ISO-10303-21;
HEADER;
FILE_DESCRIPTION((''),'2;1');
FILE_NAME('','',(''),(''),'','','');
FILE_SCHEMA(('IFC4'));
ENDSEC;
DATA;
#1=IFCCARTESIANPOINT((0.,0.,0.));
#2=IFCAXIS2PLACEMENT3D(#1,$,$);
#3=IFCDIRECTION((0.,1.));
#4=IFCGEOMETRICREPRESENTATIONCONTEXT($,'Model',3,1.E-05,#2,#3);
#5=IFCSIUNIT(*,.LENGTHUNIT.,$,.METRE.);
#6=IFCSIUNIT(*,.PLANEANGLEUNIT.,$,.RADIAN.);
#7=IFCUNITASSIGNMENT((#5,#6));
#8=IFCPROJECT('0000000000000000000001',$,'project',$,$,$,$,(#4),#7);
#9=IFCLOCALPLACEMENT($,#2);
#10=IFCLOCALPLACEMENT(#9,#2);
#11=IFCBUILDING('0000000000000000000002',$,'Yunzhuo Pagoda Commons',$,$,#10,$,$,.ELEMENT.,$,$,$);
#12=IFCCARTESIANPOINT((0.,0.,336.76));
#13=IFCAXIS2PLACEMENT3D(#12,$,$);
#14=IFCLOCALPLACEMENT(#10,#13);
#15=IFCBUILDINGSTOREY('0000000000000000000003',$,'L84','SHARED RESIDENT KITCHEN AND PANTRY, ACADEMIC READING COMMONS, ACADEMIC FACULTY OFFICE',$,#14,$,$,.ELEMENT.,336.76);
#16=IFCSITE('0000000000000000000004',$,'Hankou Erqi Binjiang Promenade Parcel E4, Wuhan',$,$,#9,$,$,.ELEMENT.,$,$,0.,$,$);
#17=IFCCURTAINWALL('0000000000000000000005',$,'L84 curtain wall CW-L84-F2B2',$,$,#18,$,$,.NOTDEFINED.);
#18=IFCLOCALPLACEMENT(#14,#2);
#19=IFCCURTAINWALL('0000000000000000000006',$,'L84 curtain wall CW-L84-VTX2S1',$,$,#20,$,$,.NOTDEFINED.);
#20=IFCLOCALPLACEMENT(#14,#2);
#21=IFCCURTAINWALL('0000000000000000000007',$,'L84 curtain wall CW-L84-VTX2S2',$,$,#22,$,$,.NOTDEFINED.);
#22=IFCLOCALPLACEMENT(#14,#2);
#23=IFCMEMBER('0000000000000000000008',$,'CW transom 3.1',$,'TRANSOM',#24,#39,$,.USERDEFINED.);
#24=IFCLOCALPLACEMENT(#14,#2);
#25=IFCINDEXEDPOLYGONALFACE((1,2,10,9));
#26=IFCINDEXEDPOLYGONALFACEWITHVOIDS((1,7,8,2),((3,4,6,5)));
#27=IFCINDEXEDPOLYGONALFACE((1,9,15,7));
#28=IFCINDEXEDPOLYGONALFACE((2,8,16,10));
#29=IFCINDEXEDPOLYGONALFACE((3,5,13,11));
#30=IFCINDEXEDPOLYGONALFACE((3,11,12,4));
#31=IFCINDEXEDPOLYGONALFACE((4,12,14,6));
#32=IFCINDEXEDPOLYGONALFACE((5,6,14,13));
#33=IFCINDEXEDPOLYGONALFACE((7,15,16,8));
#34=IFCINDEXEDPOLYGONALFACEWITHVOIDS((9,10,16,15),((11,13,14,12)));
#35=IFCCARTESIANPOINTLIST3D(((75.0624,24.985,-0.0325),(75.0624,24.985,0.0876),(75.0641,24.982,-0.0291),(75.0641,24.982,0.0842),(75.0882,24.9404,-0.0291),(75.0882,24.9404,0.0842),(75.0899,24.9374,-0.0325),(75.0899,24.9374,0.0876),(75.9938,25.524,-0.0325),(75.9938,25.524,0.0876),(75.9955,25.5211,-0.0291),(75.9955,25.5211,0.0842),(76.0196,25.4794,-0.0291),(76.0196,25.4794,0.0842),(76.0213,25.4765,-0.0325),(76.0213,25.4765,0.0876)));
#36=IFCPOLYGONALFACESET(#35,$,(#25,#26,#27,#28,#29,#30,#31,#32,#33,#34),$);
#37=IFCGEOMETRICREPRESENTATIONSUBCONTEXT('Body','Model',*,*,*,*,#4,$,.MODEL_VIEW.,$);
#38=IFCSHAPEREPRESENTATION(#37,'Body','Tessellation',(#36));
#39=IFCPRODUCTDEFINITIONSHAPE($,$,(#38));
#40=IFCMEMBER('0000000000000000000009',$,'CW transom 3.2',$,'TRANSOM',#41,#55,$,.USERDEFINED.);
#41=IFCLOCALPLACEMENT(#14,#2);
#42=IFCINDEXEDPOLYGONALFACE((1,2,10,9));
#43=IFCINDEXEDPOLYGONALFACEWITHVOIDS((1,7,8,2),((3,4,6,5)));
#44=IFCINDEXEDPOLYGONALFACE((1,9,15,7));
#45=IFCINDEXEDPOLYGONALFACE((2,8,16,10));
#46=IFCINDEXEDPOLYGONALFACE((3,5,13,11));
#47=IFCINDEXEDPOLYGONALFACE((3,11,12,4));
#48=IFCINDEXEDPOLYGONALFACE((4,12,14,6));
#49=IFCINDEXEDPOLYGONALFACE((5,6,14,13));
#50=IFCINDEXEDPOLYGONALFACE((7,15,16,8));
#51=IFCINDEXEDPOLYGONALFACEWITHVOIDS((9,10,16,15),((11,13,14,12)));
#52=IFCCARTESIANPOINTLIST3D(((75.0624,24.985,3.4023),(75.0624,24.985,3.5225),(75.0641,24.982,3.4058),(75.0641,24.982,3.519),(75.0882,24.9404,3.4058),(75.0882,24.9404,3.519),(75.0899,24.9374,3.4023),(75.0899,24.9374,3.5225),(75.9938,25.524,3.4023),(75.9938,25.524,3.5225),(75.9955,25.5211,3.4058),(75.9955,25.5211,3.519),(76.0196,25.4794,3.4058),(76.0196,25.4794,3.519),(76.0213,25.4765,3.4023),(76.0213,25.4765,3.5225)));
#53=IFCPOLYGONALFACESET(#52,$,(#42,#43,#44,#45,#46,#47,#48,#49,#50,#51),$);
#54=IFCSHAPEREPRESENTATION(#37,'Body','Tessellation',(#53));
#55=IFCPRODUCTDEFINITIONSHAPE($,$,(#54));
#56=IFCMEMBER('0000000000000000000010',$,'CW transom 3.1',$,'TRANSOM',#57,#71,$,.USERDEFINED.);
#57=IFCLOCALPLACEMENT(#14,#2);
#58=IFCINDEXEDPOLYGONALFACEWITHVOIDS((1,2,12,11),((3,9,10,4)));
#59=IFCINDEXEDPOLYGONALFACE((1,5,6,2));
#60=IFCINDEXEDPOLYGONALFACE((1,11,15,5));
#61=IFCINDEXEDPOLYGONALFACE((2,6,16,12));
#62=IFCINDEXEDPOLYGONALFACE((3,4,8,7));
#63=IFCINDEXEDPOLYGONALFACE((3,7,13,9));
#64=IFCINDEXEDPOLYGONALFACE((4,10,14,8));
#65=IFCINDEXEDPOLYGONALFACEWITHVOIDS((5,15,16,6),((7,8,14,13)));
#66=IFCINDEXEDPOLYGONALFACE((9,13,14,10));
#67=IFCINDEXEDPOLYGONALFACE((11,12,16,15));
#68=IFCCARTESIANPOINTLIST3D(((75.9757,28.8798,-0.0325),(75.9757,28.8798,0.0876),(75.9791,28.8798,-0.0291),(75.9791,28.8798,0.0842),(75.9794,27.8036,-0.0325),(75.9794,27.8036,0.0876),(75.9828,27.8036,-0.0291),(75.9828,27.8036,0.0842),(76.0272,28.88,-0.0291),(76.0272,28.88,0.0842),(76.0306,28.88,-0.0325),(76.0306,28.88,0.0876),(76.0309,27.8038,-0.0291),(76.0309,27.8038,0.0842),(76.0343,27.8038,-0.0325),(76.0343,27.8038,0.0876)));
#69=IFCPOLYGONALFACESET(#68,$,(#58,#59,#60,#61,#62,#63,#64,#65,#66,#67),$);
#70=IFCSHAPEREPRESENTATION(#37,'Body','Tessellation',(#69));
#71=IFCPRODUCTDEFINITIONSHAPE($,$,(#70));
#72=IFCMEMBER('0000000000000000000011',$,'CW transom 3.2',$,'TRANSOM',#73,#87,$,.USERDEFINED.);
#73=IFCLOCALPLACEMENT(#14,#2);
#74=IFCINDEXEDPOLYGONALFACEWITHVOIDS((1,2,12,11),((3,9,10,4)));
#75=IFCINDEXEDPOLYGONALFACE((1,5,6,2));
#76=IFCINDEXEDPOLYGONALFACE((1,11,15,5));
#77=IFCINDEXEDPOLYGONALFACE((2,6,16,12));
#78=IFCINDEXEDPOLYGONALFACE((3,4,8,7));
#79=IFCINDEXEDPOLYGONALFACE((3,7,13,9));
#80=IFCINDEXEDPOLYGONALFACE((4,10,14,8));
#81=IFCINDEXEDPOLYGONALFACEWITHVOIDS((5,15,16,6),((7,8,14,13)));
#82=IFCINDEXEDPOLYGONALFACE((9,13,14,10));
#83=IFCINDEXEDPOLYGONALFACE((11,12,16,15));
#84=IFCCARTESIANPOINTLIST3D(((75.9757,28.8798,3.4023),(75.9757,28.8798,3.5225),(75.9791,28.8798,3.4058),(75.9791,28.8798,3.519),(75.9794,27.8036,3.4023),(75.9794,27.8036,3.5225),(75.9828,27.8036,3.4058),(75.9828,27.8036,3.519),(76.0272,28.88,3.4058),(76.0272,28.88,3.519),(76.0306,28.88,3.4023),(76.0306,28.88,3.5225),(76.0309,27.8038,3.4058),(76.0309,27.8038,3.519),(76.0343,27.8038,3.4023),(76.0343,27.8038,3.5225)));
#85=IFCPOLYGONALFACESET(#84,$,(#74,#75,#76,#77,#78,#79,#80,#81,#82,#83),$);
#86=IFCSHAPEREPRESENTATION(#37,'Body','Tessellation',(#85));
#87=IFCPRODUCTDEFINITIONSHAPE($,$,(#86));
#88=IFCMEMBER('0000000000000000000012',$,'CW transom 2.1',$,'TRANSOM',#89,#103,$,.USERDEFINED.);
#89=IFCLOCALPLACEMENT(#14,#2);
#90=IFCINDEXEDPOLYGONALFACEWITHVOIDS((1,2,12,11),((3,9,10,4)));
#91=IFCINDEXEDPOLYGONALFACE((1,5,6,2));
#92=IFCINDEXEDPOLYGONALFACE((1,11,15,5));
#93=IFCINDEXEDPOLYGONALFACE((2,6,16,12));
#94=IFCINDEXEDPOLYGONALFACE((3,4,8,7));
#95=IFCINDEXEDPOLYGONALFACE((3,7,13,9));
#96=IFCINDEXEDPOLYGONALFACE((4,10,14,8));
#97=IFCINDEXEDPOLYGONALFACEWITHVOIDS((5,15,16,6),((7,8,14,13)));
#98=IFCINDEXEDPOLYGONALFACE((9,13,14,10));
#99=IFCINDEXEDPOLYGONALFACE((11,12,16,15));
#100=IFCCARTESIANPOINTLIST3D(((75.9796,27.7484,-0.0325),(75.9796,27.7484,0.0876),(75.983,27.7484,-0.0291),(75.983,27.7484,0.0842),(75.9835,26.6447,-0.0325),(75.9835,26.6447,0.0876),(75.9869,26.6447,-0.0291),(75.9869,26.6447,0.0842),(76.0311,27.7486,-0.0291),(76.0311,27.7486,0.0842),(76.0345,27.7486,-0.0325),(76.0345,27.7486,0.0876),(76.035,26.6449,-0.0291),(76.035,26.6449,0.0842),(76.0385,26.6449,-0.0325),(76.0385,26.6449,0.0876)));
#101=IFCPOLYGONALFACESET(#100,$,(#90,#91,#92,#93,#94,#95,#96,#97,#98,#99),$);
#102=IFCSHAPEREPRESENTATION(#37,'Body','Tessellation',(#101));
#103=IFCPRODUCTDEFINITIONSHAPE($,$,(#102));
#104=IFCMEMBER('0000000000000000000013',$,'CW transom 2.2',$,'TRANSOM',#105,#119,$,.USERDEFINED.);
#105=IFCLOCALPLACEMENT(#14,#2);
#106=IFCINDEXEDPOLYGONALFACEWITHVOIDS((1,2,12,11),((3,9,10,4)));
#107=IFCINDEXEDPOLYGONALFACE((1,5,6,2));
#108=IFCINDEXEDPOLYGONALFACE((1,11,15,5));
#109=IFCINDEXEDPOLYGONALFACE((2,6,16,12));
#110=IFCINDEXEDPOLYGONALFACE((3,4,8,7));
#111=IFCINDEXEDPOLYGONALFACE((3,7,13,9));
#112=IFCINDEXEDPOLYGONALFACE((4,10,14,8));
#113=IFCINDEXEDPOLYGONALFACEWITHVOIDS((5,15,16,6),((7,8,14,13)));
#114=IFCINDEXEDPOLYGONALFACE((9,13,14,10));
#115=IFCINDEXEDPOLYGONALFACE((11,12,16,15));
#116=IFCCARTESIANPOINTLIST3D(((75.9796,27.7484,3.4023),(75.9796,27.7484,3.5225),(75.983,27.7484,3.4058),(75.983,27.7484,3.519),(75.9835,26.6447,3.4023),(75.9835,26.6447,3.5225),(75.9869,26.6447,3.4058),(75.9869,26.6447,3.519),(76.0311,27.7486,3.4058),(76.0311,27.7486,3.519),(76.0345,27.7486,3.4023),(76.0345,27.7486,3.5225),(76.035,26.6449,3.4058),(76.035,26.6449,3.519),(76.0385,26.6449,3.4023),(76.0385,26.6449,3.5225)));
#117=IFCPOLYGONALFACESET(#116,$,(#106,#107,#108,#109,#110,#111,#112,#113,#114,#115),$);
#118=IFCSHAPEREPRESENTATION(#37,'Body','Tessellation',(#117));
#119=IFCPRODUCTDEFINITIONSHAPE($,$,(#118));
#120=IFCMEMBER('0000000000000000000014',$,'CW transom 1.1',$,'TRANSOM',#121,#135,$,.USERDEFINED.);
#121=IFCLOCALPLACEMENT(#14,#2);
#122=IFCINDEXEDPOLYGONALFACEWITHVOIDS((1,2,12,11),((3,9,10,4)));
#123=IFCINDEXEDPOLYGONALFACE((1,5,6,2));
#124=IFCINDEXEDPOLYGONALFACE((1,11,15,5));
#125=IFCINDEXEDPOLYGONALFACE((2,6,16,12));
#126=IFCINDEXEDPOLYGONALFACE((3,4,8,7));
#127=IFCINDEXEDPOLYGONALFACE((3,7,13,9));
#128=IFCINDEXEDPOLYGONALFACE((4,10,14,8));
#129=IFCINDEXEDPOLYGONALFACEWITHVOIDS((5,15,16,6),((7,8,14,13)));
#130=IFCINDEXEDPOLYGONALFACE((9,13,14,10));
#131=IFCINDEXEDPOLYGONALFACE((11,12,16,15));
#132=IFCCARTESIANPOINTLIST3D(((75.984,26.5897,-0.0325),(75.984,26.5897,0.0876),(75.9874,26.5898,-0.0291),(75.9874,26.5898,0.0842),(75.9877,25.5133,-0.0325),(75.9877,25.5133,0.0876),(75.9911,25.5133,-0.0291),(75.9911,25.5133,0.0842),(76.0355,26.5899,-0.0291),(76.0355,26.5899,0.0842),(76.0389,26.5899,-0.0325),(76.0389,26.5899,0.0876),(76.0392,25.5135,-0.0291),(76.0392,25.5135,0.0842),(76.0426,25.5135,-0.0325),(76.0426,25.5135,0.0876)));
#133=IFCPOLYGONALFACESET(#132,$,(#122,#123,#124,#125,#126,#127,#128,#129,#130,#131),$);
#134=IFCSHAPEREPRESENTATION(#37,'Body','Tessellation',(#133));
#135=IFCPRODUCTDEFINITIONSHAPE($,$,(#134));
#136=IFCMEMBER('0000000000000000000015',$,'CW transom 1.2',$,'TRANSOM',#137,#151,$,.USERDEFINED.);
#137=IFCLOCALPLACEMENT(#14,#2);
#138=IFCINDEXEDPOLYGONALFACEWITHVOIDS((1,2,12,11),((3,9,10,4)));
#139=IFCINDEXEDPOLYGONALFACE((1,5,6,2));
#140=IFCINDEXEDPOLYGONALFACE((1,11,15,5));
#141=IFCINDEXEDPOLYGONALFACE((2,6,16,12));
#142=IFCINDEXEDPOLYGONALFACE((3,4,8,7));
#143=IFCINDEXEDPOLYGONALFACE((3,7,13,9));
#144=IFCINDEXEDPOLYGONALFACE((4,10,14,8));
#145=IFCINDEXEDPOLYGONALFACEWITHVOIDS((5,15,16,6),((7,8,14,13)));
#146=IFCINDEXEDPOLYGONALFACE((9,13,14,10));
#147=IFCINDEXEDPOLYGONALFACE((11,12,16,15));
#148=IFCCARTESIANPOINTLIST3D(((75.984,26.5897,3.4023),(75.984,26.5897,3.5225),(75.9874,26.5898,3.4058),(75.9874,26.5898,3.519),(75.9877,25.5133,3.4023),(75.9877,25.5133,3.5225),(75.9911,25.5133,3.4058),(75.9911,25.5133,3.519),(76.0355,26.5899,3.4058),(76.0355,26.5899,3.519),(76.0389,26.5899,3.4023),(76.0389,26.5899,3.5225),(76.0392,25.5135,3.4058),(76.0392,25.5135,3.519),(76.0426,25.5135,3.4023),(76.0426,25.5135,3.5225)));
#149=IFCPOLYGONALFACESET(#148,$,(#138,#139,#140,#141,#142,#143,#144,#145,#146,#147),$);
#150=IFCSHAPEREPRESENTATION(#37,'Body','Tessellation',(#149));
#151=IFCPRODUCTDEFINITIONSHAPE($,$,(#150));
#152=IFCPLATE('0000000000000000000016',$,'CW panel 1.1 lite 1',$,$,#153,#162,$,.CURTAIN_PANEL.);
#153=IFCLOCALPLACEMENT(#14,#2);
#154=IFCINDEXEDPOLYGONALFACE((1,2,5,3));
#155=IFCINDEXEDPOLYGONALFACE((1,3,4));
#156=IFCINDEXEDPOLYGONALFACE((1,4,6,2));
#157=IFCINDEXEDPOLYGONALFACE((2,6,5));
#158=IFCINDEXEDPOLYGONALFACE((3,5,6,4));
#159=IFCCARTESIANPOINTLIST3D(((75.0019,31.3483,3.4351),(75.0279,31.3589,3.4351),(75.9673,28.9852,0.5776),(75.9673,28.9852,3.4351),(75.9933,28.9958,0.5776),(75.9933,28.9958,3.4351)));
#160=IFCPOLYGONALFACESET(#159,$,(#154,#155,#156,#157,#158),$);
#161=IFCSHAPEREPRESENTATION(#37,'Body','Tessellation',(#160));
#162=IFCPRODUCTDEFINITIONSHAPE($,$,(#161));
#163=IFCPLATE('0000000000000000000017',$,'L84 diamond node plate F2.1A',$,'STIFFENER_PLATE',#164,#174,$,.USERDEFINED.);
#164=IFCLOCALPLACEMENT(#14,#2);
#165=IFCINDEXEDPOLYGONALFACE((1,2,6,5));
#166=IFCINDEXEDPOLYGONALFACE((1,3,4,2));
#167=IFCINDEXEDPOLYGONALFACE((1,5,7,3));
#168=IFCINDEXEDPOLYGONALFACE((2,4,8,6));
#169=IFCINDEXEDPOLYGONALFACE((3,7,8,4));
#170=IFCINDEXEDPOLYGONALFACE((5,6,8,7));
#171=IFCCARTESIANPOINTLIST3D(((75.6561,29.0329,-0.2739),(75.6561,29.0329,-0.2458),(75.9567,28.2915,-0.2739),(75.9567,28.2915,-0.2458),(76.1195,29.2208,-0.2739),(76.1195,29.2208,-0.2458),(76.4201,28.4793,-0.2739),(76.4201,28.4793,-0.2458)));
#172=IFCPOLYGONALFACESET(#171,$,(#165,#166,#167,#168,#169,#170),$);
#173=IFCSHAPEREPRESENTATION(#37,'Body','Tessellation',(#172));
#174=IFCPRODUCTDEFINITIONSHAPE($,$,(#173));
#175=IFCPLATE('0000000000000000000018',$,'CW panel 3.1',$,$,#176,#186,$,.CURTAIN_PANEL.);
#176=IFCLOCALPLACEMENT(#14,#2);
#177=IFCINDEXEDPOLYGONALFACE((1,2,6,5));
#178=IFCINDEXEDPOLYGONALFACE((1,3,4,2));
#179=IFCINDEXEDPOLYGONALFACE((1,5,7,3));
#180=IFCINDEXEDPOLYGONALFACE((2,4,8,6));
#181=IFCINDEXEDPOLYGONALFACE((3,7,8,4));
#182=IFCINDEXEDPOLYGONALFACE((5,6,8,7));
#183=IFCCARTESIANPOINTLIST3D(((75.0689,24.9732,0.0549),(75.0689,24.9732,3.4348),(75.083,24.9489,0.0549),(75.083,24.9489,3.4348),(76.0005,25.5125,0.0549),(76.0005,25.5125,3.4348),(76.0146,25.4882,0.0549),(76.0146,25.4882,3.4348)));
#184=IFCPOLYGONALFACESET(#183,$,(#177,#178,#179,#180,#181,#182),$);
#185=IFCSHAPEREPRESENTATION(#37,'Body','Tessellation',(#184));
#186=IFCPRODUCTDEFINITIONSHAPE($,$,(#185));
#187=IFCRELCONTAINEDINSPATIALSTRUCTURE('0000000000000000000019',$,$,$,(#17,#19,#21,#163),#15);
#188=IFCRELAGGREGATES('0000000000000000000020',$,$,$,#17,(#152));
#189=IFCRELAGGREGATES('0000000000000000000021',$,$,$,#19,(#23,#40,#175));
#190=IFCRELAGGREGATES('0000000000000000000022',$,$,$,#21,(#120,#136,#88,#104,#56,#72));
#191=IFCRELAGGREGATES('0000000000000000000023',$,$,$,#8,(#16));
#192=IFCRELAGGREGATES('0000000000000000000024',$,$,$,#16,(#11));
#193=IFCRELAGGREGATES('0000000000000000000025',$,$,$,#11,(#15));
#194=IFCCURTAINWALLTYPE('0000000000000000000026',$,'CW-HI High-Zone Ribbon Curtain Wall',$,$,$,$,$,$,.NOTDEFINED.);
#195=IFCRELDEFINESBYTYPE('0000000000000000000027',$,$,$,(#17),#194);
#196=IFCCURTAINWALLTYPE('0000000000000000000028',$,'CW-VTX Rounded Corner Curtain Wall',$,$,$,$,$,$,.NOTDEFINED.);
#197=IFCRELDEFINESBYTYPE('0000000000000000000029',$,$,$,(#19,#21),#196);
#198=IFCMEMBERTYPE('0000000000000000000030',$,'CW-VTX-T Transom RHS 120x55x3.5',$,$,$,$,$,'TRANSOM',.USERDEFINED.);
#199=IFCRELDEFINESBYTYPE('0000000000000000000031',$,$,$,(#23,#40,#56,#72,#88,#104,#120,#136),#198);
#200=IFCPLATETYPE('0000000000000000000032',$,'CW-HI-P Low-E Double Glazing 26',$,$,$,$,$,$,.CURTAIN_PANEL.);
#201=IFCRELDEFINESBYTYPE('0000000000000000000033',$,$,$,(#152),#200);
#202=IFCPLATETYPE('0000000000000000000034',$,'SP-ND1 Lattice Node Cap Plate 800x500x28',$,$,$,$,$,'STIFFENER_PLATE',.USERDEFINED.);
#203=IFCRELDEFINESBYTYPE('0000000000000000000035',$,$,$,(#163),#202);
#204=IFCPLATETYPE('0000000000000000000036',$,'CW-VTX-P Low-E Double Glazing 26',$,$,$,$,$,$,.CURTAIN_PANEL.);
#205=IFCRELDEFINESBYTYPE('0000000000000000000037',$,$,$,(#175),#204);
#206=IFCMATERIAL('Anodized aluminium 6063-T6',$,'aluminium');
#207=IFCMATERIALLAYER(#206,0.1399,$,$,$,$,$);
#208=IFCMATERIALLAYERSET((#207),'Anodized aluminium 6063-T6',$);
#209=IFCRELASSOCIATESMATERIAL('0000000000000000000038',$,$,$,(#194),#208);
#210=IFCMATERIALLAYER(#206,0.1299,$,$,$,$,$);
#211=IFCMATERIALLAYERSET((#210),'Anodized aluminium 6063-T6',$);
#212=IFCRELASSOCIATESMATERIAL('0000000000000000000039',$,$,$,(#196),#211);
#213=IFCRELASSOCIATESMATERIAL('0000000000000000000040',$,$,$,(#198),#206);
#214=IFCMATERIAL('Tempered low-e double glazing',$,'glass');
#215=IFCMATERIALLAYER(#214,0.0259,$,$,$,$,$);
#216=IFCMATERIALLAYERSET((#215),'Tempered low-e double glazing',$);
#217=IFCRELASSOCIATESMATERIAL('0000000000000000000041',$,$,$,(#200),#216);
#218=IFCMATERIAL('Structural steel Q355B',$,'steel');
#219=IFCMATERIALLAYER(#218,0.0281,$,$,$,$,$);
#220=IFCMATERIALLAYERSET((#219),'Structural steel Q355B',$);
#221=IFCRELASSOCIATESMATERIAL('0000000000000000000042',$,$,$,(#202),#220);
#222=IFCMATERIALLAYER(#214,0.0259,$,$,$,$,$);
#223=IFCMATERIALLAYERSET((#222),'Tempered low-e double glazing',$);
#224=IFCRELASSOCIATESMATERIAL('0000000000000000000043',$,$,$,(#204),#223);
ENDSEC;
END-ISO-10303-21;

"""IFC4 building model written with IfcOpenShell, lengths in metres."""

from ifc_helpers import new_model, si_unit, direction, frame, origin, origin_2d, place, context, subcontext, project, spatial, polyline, rectangle, hollow_rectangle, outline, extrude, source, transform, mapped, material, layer, layer_set, material_profile, profile_set, type_object, element, aggregate, save


model = new_model("IFC4")

# Units and contexts
model_context = context("Model", 3, precision=1e-05, world=origin(), true_north=direction((0.0, 1.0)))
body_context = subcontext(model_context, "Body", "Model", "MODEL_VIEW")
ifc_project = project(units=[si_unit("LENGTHUNIT", "METRE"), si_unit("PLANEANGLEUNIT", "RADIAN")], contexts=[model_context])

# Site, building, storey
site_placement = place(None, origin())
site = spatial("IfcSite", under=ifc_project, at=site_placement, Name="Hankou Erqi Binjiang Promenade Parcel E4, Wuhan", CompositionType="ELEMENT", RefElevation=0.0)
building_placement = place(site_placement, origin())
building = spatial("IfcBuilding", under=site, at=building_placement, Name="Yunzhuo Pagoda Commons", CompositionType="ELEMENT")
storey_placement = place(building_placement, frame((0.0, 0.0, 336.76)))
storey = spatial("IfcBuildingStorey", under=building, at=storey_placement, Name="L84", Description="SHARED RESIDENT KITCHEN AND PANTRY, ACADEMIC READING COMMONS, ACADEMIC FACULTY OFFICE", CompositionType="ELEMENT", Elevation=336.76)

# Shared definitions
ifc_material_1 = material(Name="Structural steel Q355B", Category="steel")

# Curtain wall
ifc_material_2 = material(Name="Anodized aluminium 6063-T6", Category="aluminium")
ifc_layer_1 = layer(ifc_material_2, 0.1399)
ifc_layer_set_1 = layer_set([ifc_layer_1], Name="Anodized aluminium 6063-T6")
curtain_wall_type_1 = type_object("IfcCurtainWallType", Name="CW-HI High-Zone Ribbon Curtain Wall", PredefinedType="NOTDEFINED", material=ifc_layer_set_1)
curtain_wall_1_placement = place(storey_placement, origin())
curtain_wall_1 = element("IfcCurtainWall", 1, at=curtain_wall_1_placement, inside=storey, type_object=curtain_wall_type_1, Name="L84 curtain wall CW-L84-F2B2", PredefinedType="NOTDEFINED")

# Curtain wall
ifc_layer_2 = layer(ifc_material_2, 0.1299)
ifc_layer_set_2 = layer_set([ifc_layer_2], Name="Anodized aluminium 6063-T6")
curtain_wall_type_2 = type_object("IfcCurtainWallType", Name="CW-VTX Rounded Corner Curtain Wall", PredefinedType="NOTDEFINED", material=ifc_layer_set_2)
curtain_wall_2_placement = place(storey_placement, origin())
curtain_wall_2 = element("IfcCurtainWall", 2, at=curtain_wall_2_placement, inside=storey, type_object=curtain_wall_type_2, Name="L84 curtain wall CW-L84-VTX2S1", PredefinedType="NOTDEFINED")

# Curtain wall
curtain_wall_3_placement = place(storey_placement, origin())
curtain_wall_3 = element("IfcCurtainWall", 3, at=curtain_wall_3_placement, inside=storey, type_object=curtain_wall_type_2, Name="L84 curtain wall CW-L84-VTX2S2", PredefinedType="NOTDEFINED")

# Members
ifc_material_profile_1 = material_profile(ifc_material_2, hollow_rectangle(XDim=0.0549, YDim=0.1201, WallThickness=0.0034, at=origin_2d()), Name="Anodized aluminium 6063-T6")
ifc_profile_set_1 = profile_set([ifc_material_profile_1], Name="Anodized aluminium 6063-T6")
member_type_1 = type_object("IfcMemberType", Name="CW-VTX-T Transom RHS 120x55x3.5", ElementType="TRANSOM", PredefinedType="USERDEFINED", material=ifc_profile_set_1)
shared_shape_1 = source(origin(), body_context, "Body", "SweptSolid", [
    extrude(hollow_rectangle(XDim=0.0549, YDim=0.1201, WallThickness=0.0034, at=origin_2d()), origin(), (0.0, 0.0, 1.0), 1.0762),
])
member_1_placement = place(storey_placement, frame((75.0762, 24.9612, 0.0276), z_axis=(0.865494, 0.50092, 0.0), x_axis=(-0.50092, 0.865494, 0.0)))
member_1 = element("IfcMember", 4, at=member_1_placement, type_object=member_type_1, Name="CW transom 3.1", ObjectType="TRANSOM", PredefinedType="USERDEFINED", context=body_context, shape_type="MappedRepresentation", body=[
    mapped(shared_shape_1, transform((0.0, 0.0, 0.0), scale=1.0)),
])
member_2_placement = place(storey_placement, frame((75.0762, 24.9612, 3.4624), z_axis=(0.865494, 0.50092, 0.0), x_axis=(-0.50092, 0.865494, 0.0)))
member_2 = element("IfcMember", 5, at=member_2_placement, type_object=member_type_1, Name="CW transom 3.2", ObjectType="TRANSOM", PredefinedType="USERDEFINED", context=body_context, shape_type="MappedRepresentation", body=[
    mapped(shared_shape_1, transform((0.0, 0.0, 0.0), scale=1.0)),
])
member_3_placement = place(storey_placement, frame((76.0068, 27.8037, 0.0276), z_axis=(-0.003403, 0.999994, 0.0), x_axis=(-0.999994, -0.003403, 0.0)))
member_3 = element("IfcMember", 6, at=member_3_placement, type_object=member_type_1, Name="CW transom 3.1", ObjectType="TRANSOM", PredefinedType="USERDEFINED", context=body_context, shape_type="MappedRepresentation", body=[
    mapped(shared_shape_1, transform((0.0, 0.0, 0.0), scale=1.0)),
])
member_4_placement = place(storey_placement, frame((76.0068, 27.8037, 3.4624), z_axis=(-0.003403, 0.999994, 0.0), x_axis=(-0.999994, -0.003403, 0.0)))
member_4 = element("IfcMember", 7, at=member_4_placement, type_object=member_type_1, Name="CW transom 3.2", ObjectType="TRANSOM", PredefinedType="USERDEFINED", context=body_context, shape_type="MappedRepresentation", body=[
    mapped(shared_shape_1, transform((0.0, 0.0, 0.0), scale=1.0)),
])
shared_shape_2 = source(origin(), body_context, "Body", "SweptSolid", [
    extrude(hollow_rectangle(XDim=0.0549, YDim=0.1201, WallThickness=0.0034, at=origin_2d()), origin(), (0.0, 0.0, 1.0), 1.1038),
])
member_5_placement = place(storey_placement, frame((76.011, 26.6448, 0.0276), z_axis=(-0.003539, 0.999994, 0.0), x_axis=(-0.999994, -0.003539, 0.0)))
member_5 = element("IfcMember", 8, at=member_5_placement, type_object=member_type_1, Name="CW transom 2.1", ObjectType="TRANSOM", PredefinedType="USERDEFINED", context=body_context, shape_type="MappedRepresentation", body=[
    mapped(shared_shape_2, transform((0.0, 0.0, 0.0), scale=1.0)),
])
member_6_placement = place(storey_placement, frame((76.011, 26.6448, 3.4624), z_axis=(-0.003539, 0.999994, 0.0), x_axis=(-0.999994, -0.003539, 0.0)))
member_6 = element("IfcMember", 9, at=member_6_placement, type_object=member_type_1, Name="CW transom 2.2", ObjectType="TRANSOM", PredefinedType="USERDEFINED", context=body_context, shape_type="MappedRepresentation", body=[
    mapped(shared_shape_2, transform((0.0, 0.0, 0.0), scale=1.0)),
])
shared_shape_3 = source(origin(), body_context, "Body", "SweptSolid", [
    extrude(hollow_rectangle(XDim=0.0549, YDim=0.1201, WallThickness=0.0034, at=origin_2d()), origin(), (0.0, 0.0, 1.0), 1.0764),
])
member_7_placement = place(storey_placement, frame((76.0151, 25.5134, 0.0276), z_axis=(-0.003402, 0.999994, 0.0), x_axis=(-0.999994, -0.003402, 0.0)))
member_7 = element("IfcMember", 10, at=member_7_placement, type_object=member_type_1, Name="CW transom 1.1", ObjectType="TRANSOM", PredefinedType="USERDEFINED", context=body_context, shape_type="MappedRepresentation", body=[
    mapped(shared_shape_3, transform((0.0, 0.0, 0.0), scale=1.0)),
])
member_8_placement = place(storey_placement, frame((76.0151, 25.5134, 3.4624), z_axis=(-0.003402, 0.999994, 0.0), x_axis=(-0.999994, -0.003402, 0.0)))
member_8 = element("IfcMember", 11, at=member_8_placement, type_object=member_type_1, Name="CW transom 1.2", ObjectType="TRANSOM", PredefinedType="USERDEFINED", context=body_context, shape_type="MappedRepresentation", body=[
    mapped(shared_shape_3, transform((0.0, 0.0, 0.0), scale=1.0)),
])

# Plates
ifc_material_3 = material(Name="Tempered low-e double glazing", Category="glass")
ifc_layer_3 = layer(ifc_material_3, 0.0259)
ifc_layer_set_3 = layer_set([ifc_layer_3], Name="Tempered low-e double glazing")
plate_type_1 = type_object("IfcPlateType", Name="CW-HI-P Low-E Double Glazing 26", PredefinedType="CURTAIN_PANEL", material=ifc_layer_set_3)
plate_1_placement = place(storey_placement, frame((75.4846, 30.1667, 2.0063), z_axis=(0.92573, 0.378185, 0.0), x_axis=(-0.378185, 0.92573, 0.0)))
plate_1 = element("IfcPlate", 12, at=plate_1_placement, type_object=plate_type_1, Name="CW panel 1.1 lite 1", PredefinedType="CURTAIN_PANEL", context=body_context, shape_type="SweptSolid", body=[
    extrude(outline(polyline([(-1.2764, -1.4287), (1.2764, 1.4287), (-1.2764, 1.4287), (-1.2764, -1.4287)])), origin(), (0.0, 0.0, 1.0), 0.0281),
])
aggregate(curtain_wall_1, [plate_1])
ifc_layer_4 = layer(ifc_material_1, 0.0281)
ifc_layer_set_4 = layer_set([ifc_layer_4], Name="Structural steel Q355B")
plate_type_2 = type_object("IfcPlateType", Name="SP-ND1 Lattice Node Cap Plate 800x500x28", ElementType="STIFFENER_PLATE", PredefinedType="USERDEFINED", material=ifc_layer_set_4)
shared_shape_4 = source(origin(), body_context, "Body", "SweptSolid", [
    extrude(rectangle(XDim=0.8, YDim=0.5, at=origin_2d()), origin(), (0.0, 0.0, 1.0), 0.0281),
])
plate_2_placement = place(storey_placement, frame((76.0381, 28.7561, -0.2739), z_axis=(0.0, 0.0, 1.0), x_axis=(-0.375755, 0.926719, 0.0)))
element("IfcPlate", 13, at=plate_2_placement, inside=storey, type_object=plate_type_2, Name="L84 diamond node plate F2.1A", ObjectType="STIFFENER_PLATE", PredefinedType="USERDEFINED", context=body_context, shape_type="MappedRepresentation", body=[
    mapped(shared_shape_4, transform((0.0, 0.0, 0.0), scale=1.0)),
])
ifc_layer_5 = layer(ifc_material_3, 0.0259)
ifc_layer_set_5 = layer_set([ifc_layer_5], Name="Tempered low-e double glazing")
plate_type_3 = type_object("IfcPlateType", Name="CW-VTX-P Low-E Double Glazing 26", PredefinedType="CURTAIN_PANEL", material=ifc_layer_set_5)
shared_shape_5 = source(origin(), body_context, "Body", "SweptSolid", [
    extrude(rectangle(XDim=1.0764, YDim=0.0281, at=origin_2d()), origin(), (0.0, 0.0, 1.0), 3.3799),
])
plate_3_placement = place(storey_placement, frame((75.5417, 25.2307, 0.0549), z_axis=(0.0, 0.0, 1.0), x_axis=(0.865431, 0.501028, 0.0)))
plate_3 = element("IfcPlate", 14, at=plate_3_placement, type_object=plate_type_3, Name="CW panel 3.1", PredefinedType="CURTAIN_PANEL", context=body_context, shape_type="MappedRepresentation", body=[
    mapped(shared_shape_5, transform((0.0, 0.0, 0.0), scale=1.0)),
])
aggregate(curtain_wall_2, [member_1, member_2, plate_3])
aggregate(curtain_wall_3, [member_7, member_8, member_5, member_6, member_3, member_4])

save(model, "model.ifc")
